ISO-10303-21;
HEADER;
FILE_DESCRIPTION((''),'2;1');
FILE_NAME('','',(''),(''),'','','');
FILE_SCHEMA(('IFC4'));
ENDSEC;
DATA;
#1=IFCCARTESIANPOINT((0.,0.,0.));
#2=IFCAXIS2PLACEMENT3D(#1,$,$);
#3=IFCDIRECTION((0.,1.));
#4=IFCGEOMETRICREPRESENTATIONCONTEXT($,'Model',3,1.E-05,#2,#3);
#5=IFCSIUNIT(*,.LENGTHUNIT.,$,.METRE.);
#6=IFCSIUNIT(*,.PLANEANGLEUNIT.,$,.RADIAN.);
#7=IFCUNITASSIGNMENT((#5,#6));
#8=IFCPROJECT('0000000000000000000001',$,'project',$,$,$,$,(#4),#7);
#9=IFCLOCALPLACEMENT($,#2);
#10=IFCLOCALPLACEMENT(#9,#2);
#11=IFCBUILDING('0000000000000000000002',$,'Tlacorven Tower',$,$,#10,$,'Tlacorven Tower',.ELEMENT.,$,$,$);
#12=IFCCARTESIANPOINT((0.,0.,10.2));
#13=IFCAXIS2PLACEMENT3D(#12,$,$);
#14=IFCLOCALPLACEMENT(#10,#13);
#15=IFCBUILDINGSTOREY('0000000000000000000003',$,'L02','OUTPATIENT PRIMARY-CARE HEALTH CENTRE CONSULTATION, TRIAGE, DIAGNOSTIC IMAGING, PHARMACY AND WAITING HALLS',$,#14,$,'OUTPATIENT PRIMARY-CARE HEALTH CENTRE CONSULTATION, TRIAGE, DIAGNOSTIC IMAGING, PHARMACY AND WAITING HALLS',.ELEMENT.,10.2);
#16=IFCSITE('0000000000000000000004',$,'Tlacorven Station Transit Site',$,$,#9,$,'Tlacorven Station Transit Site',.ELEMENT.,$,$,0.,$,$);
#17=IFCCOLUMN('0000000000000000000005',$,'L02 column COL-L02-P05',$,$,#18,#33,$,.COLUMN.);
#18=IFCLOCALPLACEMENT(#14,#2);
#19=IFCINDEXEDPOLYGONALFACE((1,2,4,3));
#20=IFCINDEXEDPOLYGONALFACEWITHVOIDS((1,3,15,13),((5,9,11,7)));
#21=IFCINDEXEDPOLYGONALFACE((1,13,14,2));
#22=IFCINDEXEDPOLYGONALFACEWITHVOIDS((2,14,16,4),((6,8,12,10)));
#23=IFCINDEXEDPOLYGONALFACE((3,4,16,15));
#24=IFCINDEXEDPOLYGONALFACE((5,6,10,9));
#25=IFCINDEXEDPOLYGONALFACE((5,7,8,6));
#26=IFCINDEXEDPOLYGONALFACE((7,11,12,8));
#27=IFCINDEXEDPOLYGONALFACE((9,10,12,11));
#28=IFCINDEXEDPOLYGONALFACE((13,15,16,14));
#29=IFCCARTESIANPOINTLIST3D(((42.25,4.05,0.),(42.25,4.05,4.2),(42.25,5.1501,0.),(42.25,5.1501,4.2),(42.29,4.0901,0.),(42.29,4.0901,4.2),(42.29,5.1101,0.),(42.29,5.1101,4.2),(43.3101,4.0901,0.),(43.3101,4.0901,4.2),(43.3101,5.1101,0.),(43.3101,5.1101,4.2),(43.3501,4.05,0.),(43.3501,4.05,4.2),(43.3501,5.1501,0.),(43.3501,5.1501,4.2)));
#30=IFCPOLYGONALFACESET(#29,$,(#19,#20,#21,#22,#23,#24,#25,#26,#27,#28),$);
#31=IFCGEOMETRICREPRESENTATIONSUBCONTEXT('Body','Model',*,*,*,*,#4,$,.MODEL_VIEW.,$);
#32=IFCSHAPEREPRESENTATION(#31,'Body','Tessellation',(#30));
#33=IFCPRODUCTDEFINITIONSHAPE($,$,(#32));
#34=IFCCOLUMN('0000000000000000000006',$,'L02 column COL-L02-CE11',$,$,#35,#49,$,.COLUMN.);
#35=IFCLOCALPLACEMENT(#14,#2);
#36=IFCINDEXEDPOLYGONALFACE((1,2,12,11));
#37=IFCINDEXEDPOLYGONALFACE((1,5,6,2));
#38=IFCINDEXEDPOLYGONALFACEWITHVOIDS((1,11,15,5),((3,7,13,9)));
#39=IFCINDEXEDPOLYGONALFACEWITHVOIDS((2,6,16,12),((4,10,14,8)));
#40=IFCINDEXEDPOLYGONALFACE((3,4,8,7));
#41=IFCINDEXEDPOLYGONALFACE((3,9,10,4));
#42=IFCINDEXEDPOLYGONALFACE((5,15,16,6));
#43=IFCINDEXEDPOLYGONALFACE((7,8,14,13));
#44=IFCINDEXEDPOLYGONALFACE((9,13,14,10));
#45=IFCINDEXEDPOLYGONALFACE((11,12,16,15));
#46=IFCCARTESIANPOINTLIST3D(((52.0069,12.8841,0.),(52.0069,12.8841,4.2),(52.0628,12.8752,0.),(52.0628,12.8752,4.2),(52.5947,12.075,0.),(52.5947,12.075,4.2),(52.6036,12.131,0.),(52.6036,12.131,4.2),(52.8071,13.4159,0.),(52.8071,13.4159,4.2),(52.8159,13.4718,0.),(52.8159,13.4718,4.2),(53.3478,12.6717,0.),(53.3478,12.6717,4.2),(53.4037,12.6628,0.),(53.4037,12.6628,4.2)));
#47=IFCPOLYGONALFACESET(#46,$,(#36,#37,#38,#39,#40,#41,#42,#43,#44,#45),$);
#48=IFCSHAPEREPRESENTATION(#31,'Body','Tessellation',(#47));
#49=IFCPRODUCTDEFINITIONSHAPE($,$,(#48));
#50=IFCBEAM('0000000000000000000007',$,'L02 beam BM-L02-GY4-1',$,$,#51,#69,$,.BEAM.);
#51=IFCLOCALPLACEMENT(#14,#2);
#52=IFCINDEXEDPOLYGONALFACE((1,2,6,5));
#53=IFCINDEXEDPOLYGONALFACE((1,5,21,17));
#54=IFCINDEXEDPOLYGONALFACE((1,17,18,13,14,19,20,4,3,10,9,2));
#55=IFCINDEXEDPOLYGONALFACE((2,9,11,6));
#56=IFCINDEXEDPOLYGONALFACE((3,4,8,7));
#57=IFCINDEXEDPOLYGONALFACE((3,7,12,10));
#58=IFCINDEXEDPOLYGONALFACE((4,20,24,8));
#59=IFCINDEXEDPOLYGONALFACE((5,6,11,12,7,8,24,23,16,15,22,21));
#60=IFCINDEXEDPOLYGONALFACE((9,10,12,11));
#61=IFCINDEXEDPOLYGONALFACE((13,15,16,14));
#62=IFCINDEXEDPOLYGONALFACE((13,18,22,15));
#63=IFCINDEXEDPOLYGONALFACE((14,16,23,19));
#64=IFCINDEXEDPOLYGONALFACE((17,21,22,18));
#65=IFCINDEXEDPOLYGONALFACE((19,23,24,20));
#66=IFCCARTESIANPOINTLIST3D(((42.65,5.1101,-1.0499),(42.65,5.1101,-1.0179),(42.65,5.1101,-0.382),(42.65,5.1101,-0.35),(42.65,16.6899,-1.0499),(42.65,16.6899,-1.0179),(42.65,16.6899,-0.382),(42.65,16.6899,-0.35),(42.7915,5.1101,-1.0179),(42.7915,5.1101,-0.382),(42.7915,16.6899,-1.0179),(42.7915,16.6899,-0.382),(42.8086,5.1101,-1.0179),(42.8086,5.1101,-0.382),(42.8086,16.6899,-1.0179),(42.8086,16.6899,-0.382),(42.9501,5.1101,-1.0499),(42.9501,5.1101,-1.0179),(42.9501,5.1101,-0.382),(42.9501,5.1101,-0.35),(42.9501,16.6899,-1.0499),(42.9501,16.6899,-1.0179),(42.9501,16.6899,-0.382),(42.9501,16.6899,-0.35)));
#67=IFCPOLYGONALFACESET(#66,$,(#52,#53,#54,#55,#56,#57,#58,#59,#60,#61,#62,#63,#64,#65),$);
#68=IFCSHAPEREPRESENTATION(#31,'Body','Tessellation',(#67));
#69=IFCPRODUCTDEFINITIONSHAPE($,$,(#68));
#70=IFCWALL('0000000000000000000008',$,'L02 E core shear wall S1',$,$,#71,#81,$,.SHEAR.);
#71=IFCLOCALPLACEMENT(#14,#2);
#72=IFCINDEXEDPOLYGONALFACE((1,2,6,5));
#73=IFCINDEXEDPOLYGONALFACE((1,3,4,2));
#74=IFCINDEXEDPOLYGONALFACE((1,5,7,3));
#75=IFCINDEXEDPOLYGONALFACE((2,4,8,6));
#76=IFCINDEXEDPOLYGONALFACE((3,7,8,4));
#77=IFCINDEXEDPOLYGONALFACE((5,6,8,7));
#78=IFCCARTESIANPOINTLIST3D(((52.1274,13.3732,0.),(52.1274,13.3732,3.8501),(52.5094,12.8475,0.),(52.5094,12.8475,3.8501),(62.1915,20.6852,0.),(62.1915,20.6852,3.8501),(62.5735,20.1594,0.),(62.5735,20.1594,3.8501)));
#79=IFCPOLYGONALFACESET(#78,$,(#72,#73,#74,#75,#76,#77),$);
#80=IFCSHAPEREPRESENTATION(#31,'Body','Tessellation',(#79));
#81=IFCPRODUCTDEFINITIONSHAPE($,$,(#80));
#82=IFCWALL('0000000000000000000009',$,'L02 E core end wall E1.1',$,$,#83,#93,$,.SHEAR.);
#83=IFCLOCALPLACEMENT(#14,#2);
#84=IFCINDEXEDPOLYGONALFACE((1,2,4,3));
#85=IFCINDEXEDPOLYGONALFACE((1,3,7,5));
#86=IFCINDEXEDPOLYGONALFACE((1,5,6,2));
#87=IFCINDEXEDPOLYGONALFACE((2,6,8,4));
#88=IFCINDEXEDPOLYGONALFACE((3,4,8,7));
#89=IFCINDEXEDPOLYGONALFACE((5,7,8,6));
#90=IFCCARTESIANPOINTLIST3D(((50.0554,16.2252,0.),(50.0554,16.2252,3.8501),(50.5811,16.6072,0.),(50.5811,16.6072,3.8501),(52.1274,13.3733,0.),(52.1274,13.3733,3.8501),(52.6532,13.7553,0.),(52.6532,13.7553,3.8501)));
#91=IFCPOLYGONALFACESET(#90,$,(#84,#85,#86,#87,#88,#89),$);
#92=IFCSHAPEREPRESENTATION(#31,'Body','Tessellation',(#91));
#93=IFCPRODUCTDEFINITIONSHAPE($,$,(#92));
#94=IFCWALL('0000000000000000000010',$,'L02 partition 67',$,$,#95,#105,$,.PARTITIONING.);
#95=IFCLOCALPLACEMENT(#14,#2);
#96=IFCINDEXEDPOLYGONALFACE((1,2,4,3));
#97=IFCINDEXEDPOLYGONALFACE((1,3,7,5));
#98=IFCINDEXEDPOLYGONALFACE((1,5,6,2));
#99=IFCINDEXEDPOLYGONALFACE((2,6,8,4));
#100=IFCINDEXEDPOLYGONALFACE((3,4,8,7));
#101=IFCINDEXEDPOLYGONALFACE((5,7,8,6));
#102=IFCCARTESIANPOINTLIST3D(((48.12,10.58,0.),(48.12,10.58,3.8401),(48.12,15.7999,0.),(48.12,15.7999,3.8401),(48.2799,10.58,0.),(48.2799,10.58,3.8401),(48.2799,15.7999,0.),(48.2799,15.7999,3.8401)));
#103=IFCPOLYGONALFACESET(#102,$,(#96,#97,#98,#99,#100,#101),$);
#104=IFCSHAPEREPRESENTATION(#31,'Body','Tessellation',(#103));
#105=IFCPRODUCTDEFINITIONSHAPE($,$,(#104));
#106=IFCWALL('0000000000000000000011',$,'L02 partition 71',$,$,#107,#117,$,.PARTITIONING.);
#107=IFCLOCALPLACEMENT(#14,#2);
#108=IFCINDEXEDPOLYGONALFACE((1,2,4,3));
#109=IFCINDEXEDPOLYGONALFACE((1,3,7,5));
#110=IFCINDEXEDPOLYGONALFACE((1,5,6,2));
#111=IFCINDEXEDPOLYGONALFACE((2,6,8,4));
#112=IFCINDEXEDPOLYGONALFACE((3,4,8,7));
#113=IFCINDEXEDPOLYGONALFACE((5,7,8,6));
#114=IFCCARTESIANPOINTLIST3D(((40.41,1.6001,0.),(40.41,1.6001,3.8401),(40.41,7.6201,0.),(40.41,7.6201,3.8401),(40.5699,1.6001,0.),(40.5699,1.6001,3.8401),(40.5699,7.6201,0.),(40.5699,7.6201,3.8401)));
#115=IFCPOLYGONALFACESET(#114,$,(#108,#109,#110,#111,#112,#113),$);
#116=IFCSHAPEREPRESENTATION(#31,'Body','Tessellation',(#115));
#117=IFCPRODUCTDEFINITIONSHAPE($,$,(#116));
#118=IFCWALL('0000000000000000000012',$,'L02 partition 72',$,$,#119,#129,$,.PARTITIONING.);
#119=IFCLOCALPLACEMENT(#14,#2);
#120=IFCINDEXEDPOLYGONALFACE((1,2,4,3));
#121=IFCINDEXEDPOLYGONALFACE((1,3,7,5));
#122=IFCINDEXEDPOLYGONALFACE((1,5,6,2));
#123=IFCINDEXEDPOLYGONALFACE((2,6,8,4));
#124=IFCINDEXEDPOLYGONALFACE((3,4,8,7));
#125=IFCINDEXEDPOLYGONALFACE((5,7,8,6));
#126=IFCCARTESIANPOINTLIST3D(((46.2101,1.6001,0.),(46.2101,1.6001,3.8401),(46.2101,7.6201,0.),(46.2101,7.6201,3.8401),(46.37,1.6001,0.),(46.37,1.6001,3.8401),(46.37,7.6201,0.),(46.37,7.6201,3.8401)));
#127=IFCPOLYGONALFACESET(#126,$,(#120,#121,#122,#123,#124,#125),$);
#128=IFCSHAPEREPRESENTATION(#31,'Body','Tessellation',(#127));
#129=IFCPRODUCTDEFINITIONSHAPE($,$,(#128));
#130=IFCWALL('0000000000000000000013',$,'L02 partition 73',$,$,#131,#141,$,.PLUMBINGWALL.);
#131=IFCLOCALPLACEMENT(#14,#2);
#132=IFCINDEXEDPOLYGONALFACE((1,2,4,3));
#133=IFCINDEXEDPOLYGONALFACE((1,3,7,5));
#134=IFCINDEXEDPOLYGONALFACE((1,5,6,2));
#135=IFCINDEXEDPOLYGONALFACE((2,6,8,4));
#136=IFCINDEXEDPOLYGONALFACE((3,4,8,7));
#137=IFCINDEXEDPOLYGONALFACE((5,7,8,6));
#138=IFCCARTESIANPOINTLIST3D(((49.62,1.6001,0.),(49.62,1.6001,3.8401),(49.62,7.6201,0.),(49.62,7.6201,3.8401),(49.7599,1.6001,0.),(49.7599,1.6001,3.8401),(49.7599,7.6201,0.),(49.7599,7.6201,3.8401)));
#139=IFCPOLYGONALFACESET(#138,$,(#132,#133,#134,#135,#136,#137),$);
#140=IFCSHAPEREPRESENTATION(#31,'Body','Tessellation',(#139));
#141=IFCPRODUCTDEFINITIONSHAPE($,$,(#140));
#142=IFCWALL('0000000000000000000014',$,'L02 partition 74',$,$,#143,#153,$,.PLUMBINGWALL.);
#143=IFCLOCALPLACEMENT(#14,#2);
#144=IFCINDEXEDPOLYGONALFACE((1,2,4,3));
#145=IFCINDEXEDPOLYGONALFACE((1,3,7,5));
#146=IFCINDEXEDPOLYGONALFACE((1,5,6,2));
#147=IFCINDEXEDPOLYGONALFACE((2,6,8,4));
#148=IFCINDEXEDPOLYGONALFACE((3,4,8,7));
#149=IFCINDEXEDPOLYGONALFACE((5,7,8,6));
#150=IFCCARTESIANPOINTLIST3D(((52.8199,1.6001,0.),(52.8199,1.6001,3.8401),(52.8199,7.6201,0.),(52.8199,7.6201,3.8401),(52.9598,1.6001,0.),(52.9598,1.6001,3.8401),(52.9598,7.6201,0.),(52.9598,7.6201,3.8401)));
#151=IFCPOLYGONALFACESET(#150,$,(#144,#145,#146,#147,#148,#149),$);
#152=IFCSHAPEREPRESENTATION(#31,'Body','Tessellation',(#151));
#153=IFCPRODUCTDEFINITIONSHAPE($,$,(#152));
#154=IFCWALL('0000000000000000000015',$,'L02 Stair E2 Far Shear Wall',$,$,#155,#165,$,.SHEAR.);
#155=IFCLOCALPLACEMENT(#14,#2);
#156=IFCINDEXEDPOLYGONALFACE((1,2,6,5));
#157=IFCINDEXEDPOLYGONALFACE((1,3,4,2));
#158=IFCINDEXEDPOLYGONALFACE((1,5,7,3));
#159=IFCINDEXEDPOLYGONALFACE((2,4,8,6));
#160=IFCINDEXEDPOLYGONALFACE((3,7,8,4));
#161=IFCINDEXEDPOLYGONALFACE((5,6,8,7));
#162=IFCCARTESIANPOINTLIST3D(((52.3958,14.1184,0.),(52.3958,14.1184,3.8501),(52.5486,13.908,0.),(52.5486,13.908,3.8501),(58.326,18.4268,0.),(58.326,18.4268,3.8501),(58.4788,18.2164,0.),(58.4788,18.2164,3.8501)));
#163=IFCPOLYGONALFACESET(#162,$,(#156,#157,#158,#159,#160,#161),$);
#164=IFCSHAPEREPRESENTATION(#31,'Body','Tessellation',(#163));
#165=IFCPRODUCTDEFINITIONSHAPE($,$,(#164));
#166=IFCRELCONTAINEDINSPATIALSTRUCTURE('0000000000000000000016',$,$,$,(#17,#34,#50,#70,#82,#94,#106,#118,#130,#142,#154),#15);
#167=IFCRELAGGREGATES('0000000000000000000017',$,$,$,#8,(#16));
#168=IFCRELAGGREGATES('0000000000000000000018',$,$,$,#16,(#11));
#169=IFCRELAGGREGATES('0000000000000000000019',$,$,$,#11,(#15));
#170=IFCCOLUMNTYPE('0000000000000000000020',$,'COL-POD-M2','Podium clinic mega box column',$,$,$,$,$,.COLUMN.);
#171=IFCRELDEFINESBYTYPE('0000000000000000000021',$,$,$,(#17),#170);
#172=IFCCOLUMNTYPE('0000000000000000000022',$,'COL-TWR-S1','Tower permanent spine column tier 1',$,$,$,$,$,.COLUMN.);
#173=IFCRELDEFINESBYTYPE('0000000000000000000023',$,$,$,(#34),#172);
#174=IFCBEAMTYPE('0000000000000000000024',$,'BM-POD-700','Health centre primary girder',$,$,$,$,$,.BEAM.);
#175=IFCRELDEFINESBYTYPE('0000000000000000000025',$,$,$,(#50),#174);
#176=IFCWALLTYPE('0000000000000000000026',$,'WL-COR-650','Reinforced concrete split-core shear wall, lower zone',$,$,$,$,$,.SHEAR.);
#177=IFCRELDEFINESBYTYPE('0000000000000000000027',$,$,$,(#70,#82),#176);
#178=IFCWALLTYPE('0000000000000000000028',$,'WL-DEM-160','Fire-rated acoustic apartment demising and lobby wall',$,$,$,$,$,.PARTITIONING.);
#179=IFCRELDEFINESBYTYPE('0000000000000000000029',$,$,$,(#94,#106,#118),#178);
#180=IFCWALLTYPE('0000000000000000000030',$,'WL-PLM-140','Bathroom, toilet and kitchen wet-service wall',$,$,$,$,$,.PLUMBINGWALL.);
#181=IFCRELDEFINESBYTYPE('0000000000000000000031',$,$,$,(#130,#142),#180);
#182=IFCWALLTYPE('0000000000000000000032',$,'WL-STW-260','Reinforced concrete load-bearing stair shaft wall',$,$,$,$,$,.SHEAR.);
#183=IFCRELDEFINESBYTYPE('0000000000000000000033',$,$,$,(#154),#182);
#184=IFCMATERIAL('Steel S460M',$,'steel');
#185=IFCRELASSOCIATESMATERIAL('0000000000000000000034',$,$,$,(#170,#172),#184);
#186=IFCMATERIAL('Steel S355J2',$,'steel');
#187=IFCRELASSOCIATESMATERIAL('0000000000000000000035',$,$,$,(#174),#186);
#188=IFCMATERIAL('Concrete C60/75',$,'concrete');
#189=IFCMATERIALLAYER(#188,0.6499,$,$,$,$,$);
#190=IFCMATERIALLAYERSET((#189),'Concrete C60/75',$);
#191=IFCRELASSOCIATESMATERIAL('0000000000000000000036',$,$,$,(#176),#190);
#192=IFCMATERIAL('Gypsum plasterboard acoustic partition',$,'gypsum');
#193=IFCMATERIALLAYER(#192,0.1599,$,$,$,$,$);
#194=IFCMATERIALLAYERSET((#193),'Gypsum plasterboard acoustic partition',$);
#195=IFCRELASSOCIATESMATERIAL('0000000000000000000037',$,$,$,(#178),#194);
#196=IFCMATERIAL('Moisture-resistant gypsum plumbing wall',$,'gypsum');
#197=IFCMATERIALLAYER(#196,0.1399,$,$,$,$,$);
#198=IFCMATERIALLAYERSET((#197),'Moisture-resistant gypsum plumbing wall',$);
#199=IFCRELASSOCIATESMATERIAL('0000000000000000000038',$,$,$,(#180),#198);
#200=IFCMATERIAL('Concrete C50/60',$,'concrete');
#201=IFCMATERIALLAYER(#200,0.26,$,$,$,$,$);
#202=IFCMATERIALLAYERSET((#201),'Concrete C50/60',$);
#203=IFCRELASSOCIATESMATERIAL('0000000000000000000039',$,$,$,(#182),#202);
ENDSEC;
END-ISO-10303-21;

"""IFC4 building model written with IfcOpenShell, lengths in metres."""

from ifc_helpers import new_model, si_unit, direction, frame, frame_2d, origin, origin_2d, place, context, subcontext, project, spatial, rectangle, hollow_rectangle, i_section, extrude, source, transform, mapped, material, layer, layer_set, material_profile, profile_set, type_object, element, save


model = new_model("IFC4")

# Units and contexts
model_context = context("Model", 3, precision=1e-05, world=origin(), true_north=direction((0.0, 1.0)))
body_context = subcontext(model_context, "Body", "Model", "MODEL_VIEW")
ifc_project = project(units=[si_unit("LENGTHUNIT", "METRE"), si_unit("PLANEANGLEUNIT", "RADIAN")], contexts=[model_context])

# Site, building, storey
site_placement = place(None, origin())
site = spatial("IfcSite", under=ifc_project, at=site_placement, Name="Tlacorven Station Transit Site", LongName="Tlacorven Station Transit Site", CompositionType="ELEMENT", RefElevation=0.0)
building_placement = place(site_placement, origin())
building = spatial("IfcBuilding", under=site, at=building_placement, Name="Tlacorven Tower", LongName="Tlacorven Tower", CompositionType="ELEMENT")
storey_placement = place(building_placement, frame((0.0, 0.0, 10.2)))
storey = spatial("IfcBuildingStorey", under=building, at=storey_placement, Name="L02", Description="OUTPATIENT PRIMARY-CARE HEALTH CENTRE CONSULTATION, TRIAGE, DIAGNOSTIC IMAGING, PHARMACY AND WAITING HALLS", LongName="OUTPATIENT PRIMARY-CARE HEALTH CENTRE CONSULTATION, TRIAGE, DIAGNOSTIC IMAGING, PHARMACY AND WAITING HALLS", CompositionType="ELEMENT", Elevation=10.2)

# Columns
ifc_material_1 = material(Name="Steel S460M", Category="steel")
ifc_material_profile_1 = material_profile(ifc_material_1, hollow_rectangle(XDim=1.1001, YDim=1.1001, WallThickness=0.04, at=origin_2d()), Name="BOX 1100X1100X40")
ifc_profile_set_1 = profile_set([ifc_material_profile_1], Name="Steel S460M")
column_type_1 = type_object("IfcColumnType", Name="COL-POD-M2", Description="Podium clinic mega box column", PredefinedType="COLUMN", material=ifc_profile_set_1)
shared_shape_1 = source(origin(), body_context, "Body", "SweptSolid", [
    extrude(hollow_rectangle(XDim=1.1001, YDim=1.1001, WallThickness=0.04, at=origin_2d()), origin(), (0.0, 0.0, 1.0), 4.2),
])
column_1_placement = place(storey_placement, frame((42.8, 4.6001, 0.0), z_axis=(0.0, 0.0, 1.0), x_axis=(1.0, 0.0, 0.0)))
element("IfcColumn", 1, at=column_1_placement, inside=storey, type_object=column_type_1, Name="L02 column COL-L02-P05", PredefinedType="COLUMN", context=body_context, shape_type="MappedRepresentation", body=[
    mapped(shared_shape_1, transform((0.0, 0.0, 0.0), scale=1.0)),
])
ifc_material_profile_2 = material_profile(ifc_material_1, hollow_rectangle(XDim=1.0, YDim=1.0, WallThickness=0.04, at=origin_2d()), Name="BOX 1000X1000X40")
ifc_profile_set_2 = profile_set([ifc_material_profile_2], Name="Steel S460M")
column_type_2 = type_object("IfcColumnType", Name="COL-TWR-S1", Description="Tower permanent spine column tier 1", PredefinedType="COLUMN", material=ifc_profile_set_2)
shared_shape_2 = source(origin(), body_context, "Body", "SweptSolid", [
    extrude(hollow_rectangle(XDim=1.0, YDim=1.0, WallThickness=0.04, at=origin_2d()), origin(), (0.0, 0.0, 1.0), 4.2),
])
column_2_placement = place(storey_placement, frame((52.7053, 12.7734, 0.0), z_axis=(0.0, 0.0, 1.0), x_axis=(0.809017, 0.587785, 0.0)))
element("IfcColumn", 2, at=column_2_placement, inside=storey, type_object=column_type_2, Name="L02 column COL-L02-CE11", PredefinedType="COLUMN", context=body_context, shape_type="MappedRepresentation", body=[
    mapped(shared_shape_2, transform((0.0, 0.0, 0.0), scale=1.0)),
])

# Beam
ifc_material_2 = material(Name="Steel S355J2", Category="steel")
ifc_material_profile_3 = material_profile(ifc_material_2, i_section(OverallWidth=0.3, OverallDepth=0.7, WebThickness=0.0171, FlangeThickness=0.032, at=origin_2d()), Name="HEB 700")
ifc_profile_set_3 = profile_set([ifc_material_profile_3], Name="Steel S355J2")
beam_type = type_object("IfcBeamType", Name="BM-POD-700", Description="Health centre primary girder", PredefinedType="BEAM", material=ifc_profile_set_3)
shared_shape_3 = source(origin(), body_context, "Body", "SweptSolid", [
    extrude(i_section(OverallWidth=0.3, OverallDepth=0.7, WebThickness=0.0171, FlangeThickness=0.032, at=origin_2d()), origin(), (0.0, 0.0, 1.0), 11.5798),
])
beam_placement = place(storey_placement, frame((42.8, 5.1101, -0.7), z_axis=(0.0, 1.0, 0.0), x_axis=(-1.0, 0.0, 0.0)))
element("IfcBeam", 3, at=beam_placement, inside=storey, type_object=beam_type, Name="L02 beam BM-L02-GY4-1", PredefinedType="BEAM", context=body_context, shape_type="MappedRepresentation", body=[
    mapped(shared_shape_3, transform((0.0, 0.0, 0.0), scale=1.0)),
])

# Walls
ifc_material_3 = material(Name="Concrete C60/75", Category="concrete")
ifc_layer_1 = layer(ifc_material_3, 0.6499)
ifc_layer_set_1 = layer_set([ifc_layer_1], Name="Concrete C60/75")
wall_type_1 = type_object("IfcWallType", Name="WL-COR-650", Description="Reinforced concrete split-core shear wall, lower zone", PredefinedType="SHEAR", material=ifc_layer_set_1)
wall_1_placement = place(storey_placement, frame((52.3184, 13.1104, 0.0), z_axis=(0.0, 0.0, 1.0), x_axis=(0.809019, 0.587782, 0.0)))
element("IfcWall", 4, at=wall_1_placement, inside=storey, type_object=wall_type_1, Name="L02 E core shear wall S1", PredefinedType="SHEAR", context=body_context, shape_type="SweptSolid", body=[
    extrude(rectangle(XDim=12.4399, YDim=0.6499, at=frame_2d((6.22, 0.0))), origin(), (0.0, 0.0, 1.0), 3.8501),
])
wall_2_placement = place(storey_placement, frame((52.3904, 13.5642, 0.0), z_axis=(0.0, 0.0, 1.0), x_axis=(-0.587797, 0.809009, 0.0)))
element("IfcWall", 5, at=wall_2_placement, inside=storey, type_object=wall_type_1, Name="L02 E core end wall E1.1", PredefinedType="SHEAR", context=body_context, shape_type="SweptSolid", body=[
    extrude(rectangle(XDim=3.5251, YDim=0.6499, at=frame_2d((1.7627, 0.0))), origin(), (0.0, 0.0, 1.0), 3.8501),
])
ifc_material_4 = material(Name="Gypsum plasterboard acoustic partition", Category="gypsum")
ifc_layer_2 = layer(ifc_material_4, 0.1599)
ifc_layer_set_2 = layer_set([ifc_layer_2], Name="Gypsum plasterboard acoustic partition")
wall_type_2 = type_object("IfcWallType", Name="WL-DEM-160", Description="Fire-rated acoustic apartment demising and lobby wall", PredefinedType="PARTITIONING", material=ifc_layer_set_2)
wall_3_placement = place(storey_placement, frame((48.2, 10.5801, 0.0), z_axis=(0.0, 0.0, 1.0), x_axis=(0.0, 1.0, 0.0)))
element("IfcWall", 6, at=wall_3_placement, inside=storey, type_object=wall_type_2, Name="L02 partition 67", PredefinedType="PARTITIONING", context=body_context, shape_type="SweptSolid", body=[
    extrude(rectangle(XDim=5.22, YDim=0.1599, at=frame_2d((2.6099, 0.0))), origin(), (0.0, 0.0, 1.0), 3.8401),
])
for number, where, z_axis, x_axis, name in (
    (7, (40.49, 1.6001, 0.0), (0.0, 0.0, 1.0), (0.0, 1.0, 0.0), "L02 partition 71"),
    (8, (46.29, 1.6001, 0.0), (0.0, 0.0, 1.0), (0.0, 1.0, 0.0), "L02 partition 72"),
):
    element("IfcWall", number, at=place(storey_placement, frame(where, z_axis=z_axis, x_axis=x_axis)), inside=storey, type_object=wall_type_2, Name=name, PredefinedType="PARTITIONING", context=body_context, shape_type="SweptSolid", body=[
        extrude(rectangle(XDim=6.02, YDim=0.1599, at=frame_2d((3.01, 0.0))), origin(), (0.0, 0.0, 1.0), 3.8401),
    ])
ifc_material_5 = material(Name="Moisture-resistant gypsum plumbing wall", Category="gypsum")
ifc_layer_3 = layer(ifc_material_5, 0.1399)
ifc_layer_set_3 = layer_set([ifc_layer_3], Name="Moisture-resistant gypsum plumbing wall")
wall_type_3 = type_object("IfcWallType", Name="WL-PLM-140", Description="Bathroom, toilet and kitchen wet-service wall", PredefinedType="PLUMBINGWALL", material=ifc_layer_set_3)
for number, where, z_axis, x_axis, name in (
    (9, (49.6899, 1.6001, 0.0), (0.0, 0.0, 1.0), (0.0, 1.0, 0.0), "L02 partition 73"),
    (10, (52.8899, 1.6001, 0.0), (0.0, 0.0, 1.0), (0.0, 1.0, 0.0), "L02 partition 74"),
):
    element("IfcWall", number, at=place(storey_placement, frame(where, z_axis=z_axis, x_axis=x_axis)), inside=storey, type_object=wall_type_3, Name=name, PredefinedType="PLUMBINGWALL", context=body_context, shape_type="SweptSolid", body=[
        extrude(rectangle(XDim=6.02, YDim=0.1399, at=frame_2d((3.01, 0.0))), origin(), (0.0, 0.0, 1.0), 3.8401),
    ])
ifc_material_6 = material(Name="Concrete C50/60", Category="concrete")
ifc_layer_4 = layer(ifc_material_6, 0.26)
ifc_layer_set_4 = layer_set([ifc_layer_4], Name="Concrete C50/60")
wall_type_4 = type_object("IfcWallType", Name="WL-STW-260", Description="Reinforced concrete load-bearing stair shaft wall", PredefinedType="SHEAR", material=ifc_layer_set_4)
wall_4_placement = place(storey_placement, frame((52.4722, 14.0132, 0.0), z_axis=(0.0, 0.0, 1.0), x_axis=(0.809028, 0.58777, 0.0)))
element("IfcWall", 11, at=wall_4_placement, inside=storey, type_object=wall_type_4, Name="L02 Stair E2 Far Shear Wall", PredefinedType="SHEAR", context=body_context, shape_type="SweptSolid", body=[
    extrude(rectangle(XDim=7.3301, YDim=0.26, at=frame_2d((3.665, 0.0))), origin(), (0.0, 0.0, 1.0), 3.8501),
])

save(model, "model.ifc")
